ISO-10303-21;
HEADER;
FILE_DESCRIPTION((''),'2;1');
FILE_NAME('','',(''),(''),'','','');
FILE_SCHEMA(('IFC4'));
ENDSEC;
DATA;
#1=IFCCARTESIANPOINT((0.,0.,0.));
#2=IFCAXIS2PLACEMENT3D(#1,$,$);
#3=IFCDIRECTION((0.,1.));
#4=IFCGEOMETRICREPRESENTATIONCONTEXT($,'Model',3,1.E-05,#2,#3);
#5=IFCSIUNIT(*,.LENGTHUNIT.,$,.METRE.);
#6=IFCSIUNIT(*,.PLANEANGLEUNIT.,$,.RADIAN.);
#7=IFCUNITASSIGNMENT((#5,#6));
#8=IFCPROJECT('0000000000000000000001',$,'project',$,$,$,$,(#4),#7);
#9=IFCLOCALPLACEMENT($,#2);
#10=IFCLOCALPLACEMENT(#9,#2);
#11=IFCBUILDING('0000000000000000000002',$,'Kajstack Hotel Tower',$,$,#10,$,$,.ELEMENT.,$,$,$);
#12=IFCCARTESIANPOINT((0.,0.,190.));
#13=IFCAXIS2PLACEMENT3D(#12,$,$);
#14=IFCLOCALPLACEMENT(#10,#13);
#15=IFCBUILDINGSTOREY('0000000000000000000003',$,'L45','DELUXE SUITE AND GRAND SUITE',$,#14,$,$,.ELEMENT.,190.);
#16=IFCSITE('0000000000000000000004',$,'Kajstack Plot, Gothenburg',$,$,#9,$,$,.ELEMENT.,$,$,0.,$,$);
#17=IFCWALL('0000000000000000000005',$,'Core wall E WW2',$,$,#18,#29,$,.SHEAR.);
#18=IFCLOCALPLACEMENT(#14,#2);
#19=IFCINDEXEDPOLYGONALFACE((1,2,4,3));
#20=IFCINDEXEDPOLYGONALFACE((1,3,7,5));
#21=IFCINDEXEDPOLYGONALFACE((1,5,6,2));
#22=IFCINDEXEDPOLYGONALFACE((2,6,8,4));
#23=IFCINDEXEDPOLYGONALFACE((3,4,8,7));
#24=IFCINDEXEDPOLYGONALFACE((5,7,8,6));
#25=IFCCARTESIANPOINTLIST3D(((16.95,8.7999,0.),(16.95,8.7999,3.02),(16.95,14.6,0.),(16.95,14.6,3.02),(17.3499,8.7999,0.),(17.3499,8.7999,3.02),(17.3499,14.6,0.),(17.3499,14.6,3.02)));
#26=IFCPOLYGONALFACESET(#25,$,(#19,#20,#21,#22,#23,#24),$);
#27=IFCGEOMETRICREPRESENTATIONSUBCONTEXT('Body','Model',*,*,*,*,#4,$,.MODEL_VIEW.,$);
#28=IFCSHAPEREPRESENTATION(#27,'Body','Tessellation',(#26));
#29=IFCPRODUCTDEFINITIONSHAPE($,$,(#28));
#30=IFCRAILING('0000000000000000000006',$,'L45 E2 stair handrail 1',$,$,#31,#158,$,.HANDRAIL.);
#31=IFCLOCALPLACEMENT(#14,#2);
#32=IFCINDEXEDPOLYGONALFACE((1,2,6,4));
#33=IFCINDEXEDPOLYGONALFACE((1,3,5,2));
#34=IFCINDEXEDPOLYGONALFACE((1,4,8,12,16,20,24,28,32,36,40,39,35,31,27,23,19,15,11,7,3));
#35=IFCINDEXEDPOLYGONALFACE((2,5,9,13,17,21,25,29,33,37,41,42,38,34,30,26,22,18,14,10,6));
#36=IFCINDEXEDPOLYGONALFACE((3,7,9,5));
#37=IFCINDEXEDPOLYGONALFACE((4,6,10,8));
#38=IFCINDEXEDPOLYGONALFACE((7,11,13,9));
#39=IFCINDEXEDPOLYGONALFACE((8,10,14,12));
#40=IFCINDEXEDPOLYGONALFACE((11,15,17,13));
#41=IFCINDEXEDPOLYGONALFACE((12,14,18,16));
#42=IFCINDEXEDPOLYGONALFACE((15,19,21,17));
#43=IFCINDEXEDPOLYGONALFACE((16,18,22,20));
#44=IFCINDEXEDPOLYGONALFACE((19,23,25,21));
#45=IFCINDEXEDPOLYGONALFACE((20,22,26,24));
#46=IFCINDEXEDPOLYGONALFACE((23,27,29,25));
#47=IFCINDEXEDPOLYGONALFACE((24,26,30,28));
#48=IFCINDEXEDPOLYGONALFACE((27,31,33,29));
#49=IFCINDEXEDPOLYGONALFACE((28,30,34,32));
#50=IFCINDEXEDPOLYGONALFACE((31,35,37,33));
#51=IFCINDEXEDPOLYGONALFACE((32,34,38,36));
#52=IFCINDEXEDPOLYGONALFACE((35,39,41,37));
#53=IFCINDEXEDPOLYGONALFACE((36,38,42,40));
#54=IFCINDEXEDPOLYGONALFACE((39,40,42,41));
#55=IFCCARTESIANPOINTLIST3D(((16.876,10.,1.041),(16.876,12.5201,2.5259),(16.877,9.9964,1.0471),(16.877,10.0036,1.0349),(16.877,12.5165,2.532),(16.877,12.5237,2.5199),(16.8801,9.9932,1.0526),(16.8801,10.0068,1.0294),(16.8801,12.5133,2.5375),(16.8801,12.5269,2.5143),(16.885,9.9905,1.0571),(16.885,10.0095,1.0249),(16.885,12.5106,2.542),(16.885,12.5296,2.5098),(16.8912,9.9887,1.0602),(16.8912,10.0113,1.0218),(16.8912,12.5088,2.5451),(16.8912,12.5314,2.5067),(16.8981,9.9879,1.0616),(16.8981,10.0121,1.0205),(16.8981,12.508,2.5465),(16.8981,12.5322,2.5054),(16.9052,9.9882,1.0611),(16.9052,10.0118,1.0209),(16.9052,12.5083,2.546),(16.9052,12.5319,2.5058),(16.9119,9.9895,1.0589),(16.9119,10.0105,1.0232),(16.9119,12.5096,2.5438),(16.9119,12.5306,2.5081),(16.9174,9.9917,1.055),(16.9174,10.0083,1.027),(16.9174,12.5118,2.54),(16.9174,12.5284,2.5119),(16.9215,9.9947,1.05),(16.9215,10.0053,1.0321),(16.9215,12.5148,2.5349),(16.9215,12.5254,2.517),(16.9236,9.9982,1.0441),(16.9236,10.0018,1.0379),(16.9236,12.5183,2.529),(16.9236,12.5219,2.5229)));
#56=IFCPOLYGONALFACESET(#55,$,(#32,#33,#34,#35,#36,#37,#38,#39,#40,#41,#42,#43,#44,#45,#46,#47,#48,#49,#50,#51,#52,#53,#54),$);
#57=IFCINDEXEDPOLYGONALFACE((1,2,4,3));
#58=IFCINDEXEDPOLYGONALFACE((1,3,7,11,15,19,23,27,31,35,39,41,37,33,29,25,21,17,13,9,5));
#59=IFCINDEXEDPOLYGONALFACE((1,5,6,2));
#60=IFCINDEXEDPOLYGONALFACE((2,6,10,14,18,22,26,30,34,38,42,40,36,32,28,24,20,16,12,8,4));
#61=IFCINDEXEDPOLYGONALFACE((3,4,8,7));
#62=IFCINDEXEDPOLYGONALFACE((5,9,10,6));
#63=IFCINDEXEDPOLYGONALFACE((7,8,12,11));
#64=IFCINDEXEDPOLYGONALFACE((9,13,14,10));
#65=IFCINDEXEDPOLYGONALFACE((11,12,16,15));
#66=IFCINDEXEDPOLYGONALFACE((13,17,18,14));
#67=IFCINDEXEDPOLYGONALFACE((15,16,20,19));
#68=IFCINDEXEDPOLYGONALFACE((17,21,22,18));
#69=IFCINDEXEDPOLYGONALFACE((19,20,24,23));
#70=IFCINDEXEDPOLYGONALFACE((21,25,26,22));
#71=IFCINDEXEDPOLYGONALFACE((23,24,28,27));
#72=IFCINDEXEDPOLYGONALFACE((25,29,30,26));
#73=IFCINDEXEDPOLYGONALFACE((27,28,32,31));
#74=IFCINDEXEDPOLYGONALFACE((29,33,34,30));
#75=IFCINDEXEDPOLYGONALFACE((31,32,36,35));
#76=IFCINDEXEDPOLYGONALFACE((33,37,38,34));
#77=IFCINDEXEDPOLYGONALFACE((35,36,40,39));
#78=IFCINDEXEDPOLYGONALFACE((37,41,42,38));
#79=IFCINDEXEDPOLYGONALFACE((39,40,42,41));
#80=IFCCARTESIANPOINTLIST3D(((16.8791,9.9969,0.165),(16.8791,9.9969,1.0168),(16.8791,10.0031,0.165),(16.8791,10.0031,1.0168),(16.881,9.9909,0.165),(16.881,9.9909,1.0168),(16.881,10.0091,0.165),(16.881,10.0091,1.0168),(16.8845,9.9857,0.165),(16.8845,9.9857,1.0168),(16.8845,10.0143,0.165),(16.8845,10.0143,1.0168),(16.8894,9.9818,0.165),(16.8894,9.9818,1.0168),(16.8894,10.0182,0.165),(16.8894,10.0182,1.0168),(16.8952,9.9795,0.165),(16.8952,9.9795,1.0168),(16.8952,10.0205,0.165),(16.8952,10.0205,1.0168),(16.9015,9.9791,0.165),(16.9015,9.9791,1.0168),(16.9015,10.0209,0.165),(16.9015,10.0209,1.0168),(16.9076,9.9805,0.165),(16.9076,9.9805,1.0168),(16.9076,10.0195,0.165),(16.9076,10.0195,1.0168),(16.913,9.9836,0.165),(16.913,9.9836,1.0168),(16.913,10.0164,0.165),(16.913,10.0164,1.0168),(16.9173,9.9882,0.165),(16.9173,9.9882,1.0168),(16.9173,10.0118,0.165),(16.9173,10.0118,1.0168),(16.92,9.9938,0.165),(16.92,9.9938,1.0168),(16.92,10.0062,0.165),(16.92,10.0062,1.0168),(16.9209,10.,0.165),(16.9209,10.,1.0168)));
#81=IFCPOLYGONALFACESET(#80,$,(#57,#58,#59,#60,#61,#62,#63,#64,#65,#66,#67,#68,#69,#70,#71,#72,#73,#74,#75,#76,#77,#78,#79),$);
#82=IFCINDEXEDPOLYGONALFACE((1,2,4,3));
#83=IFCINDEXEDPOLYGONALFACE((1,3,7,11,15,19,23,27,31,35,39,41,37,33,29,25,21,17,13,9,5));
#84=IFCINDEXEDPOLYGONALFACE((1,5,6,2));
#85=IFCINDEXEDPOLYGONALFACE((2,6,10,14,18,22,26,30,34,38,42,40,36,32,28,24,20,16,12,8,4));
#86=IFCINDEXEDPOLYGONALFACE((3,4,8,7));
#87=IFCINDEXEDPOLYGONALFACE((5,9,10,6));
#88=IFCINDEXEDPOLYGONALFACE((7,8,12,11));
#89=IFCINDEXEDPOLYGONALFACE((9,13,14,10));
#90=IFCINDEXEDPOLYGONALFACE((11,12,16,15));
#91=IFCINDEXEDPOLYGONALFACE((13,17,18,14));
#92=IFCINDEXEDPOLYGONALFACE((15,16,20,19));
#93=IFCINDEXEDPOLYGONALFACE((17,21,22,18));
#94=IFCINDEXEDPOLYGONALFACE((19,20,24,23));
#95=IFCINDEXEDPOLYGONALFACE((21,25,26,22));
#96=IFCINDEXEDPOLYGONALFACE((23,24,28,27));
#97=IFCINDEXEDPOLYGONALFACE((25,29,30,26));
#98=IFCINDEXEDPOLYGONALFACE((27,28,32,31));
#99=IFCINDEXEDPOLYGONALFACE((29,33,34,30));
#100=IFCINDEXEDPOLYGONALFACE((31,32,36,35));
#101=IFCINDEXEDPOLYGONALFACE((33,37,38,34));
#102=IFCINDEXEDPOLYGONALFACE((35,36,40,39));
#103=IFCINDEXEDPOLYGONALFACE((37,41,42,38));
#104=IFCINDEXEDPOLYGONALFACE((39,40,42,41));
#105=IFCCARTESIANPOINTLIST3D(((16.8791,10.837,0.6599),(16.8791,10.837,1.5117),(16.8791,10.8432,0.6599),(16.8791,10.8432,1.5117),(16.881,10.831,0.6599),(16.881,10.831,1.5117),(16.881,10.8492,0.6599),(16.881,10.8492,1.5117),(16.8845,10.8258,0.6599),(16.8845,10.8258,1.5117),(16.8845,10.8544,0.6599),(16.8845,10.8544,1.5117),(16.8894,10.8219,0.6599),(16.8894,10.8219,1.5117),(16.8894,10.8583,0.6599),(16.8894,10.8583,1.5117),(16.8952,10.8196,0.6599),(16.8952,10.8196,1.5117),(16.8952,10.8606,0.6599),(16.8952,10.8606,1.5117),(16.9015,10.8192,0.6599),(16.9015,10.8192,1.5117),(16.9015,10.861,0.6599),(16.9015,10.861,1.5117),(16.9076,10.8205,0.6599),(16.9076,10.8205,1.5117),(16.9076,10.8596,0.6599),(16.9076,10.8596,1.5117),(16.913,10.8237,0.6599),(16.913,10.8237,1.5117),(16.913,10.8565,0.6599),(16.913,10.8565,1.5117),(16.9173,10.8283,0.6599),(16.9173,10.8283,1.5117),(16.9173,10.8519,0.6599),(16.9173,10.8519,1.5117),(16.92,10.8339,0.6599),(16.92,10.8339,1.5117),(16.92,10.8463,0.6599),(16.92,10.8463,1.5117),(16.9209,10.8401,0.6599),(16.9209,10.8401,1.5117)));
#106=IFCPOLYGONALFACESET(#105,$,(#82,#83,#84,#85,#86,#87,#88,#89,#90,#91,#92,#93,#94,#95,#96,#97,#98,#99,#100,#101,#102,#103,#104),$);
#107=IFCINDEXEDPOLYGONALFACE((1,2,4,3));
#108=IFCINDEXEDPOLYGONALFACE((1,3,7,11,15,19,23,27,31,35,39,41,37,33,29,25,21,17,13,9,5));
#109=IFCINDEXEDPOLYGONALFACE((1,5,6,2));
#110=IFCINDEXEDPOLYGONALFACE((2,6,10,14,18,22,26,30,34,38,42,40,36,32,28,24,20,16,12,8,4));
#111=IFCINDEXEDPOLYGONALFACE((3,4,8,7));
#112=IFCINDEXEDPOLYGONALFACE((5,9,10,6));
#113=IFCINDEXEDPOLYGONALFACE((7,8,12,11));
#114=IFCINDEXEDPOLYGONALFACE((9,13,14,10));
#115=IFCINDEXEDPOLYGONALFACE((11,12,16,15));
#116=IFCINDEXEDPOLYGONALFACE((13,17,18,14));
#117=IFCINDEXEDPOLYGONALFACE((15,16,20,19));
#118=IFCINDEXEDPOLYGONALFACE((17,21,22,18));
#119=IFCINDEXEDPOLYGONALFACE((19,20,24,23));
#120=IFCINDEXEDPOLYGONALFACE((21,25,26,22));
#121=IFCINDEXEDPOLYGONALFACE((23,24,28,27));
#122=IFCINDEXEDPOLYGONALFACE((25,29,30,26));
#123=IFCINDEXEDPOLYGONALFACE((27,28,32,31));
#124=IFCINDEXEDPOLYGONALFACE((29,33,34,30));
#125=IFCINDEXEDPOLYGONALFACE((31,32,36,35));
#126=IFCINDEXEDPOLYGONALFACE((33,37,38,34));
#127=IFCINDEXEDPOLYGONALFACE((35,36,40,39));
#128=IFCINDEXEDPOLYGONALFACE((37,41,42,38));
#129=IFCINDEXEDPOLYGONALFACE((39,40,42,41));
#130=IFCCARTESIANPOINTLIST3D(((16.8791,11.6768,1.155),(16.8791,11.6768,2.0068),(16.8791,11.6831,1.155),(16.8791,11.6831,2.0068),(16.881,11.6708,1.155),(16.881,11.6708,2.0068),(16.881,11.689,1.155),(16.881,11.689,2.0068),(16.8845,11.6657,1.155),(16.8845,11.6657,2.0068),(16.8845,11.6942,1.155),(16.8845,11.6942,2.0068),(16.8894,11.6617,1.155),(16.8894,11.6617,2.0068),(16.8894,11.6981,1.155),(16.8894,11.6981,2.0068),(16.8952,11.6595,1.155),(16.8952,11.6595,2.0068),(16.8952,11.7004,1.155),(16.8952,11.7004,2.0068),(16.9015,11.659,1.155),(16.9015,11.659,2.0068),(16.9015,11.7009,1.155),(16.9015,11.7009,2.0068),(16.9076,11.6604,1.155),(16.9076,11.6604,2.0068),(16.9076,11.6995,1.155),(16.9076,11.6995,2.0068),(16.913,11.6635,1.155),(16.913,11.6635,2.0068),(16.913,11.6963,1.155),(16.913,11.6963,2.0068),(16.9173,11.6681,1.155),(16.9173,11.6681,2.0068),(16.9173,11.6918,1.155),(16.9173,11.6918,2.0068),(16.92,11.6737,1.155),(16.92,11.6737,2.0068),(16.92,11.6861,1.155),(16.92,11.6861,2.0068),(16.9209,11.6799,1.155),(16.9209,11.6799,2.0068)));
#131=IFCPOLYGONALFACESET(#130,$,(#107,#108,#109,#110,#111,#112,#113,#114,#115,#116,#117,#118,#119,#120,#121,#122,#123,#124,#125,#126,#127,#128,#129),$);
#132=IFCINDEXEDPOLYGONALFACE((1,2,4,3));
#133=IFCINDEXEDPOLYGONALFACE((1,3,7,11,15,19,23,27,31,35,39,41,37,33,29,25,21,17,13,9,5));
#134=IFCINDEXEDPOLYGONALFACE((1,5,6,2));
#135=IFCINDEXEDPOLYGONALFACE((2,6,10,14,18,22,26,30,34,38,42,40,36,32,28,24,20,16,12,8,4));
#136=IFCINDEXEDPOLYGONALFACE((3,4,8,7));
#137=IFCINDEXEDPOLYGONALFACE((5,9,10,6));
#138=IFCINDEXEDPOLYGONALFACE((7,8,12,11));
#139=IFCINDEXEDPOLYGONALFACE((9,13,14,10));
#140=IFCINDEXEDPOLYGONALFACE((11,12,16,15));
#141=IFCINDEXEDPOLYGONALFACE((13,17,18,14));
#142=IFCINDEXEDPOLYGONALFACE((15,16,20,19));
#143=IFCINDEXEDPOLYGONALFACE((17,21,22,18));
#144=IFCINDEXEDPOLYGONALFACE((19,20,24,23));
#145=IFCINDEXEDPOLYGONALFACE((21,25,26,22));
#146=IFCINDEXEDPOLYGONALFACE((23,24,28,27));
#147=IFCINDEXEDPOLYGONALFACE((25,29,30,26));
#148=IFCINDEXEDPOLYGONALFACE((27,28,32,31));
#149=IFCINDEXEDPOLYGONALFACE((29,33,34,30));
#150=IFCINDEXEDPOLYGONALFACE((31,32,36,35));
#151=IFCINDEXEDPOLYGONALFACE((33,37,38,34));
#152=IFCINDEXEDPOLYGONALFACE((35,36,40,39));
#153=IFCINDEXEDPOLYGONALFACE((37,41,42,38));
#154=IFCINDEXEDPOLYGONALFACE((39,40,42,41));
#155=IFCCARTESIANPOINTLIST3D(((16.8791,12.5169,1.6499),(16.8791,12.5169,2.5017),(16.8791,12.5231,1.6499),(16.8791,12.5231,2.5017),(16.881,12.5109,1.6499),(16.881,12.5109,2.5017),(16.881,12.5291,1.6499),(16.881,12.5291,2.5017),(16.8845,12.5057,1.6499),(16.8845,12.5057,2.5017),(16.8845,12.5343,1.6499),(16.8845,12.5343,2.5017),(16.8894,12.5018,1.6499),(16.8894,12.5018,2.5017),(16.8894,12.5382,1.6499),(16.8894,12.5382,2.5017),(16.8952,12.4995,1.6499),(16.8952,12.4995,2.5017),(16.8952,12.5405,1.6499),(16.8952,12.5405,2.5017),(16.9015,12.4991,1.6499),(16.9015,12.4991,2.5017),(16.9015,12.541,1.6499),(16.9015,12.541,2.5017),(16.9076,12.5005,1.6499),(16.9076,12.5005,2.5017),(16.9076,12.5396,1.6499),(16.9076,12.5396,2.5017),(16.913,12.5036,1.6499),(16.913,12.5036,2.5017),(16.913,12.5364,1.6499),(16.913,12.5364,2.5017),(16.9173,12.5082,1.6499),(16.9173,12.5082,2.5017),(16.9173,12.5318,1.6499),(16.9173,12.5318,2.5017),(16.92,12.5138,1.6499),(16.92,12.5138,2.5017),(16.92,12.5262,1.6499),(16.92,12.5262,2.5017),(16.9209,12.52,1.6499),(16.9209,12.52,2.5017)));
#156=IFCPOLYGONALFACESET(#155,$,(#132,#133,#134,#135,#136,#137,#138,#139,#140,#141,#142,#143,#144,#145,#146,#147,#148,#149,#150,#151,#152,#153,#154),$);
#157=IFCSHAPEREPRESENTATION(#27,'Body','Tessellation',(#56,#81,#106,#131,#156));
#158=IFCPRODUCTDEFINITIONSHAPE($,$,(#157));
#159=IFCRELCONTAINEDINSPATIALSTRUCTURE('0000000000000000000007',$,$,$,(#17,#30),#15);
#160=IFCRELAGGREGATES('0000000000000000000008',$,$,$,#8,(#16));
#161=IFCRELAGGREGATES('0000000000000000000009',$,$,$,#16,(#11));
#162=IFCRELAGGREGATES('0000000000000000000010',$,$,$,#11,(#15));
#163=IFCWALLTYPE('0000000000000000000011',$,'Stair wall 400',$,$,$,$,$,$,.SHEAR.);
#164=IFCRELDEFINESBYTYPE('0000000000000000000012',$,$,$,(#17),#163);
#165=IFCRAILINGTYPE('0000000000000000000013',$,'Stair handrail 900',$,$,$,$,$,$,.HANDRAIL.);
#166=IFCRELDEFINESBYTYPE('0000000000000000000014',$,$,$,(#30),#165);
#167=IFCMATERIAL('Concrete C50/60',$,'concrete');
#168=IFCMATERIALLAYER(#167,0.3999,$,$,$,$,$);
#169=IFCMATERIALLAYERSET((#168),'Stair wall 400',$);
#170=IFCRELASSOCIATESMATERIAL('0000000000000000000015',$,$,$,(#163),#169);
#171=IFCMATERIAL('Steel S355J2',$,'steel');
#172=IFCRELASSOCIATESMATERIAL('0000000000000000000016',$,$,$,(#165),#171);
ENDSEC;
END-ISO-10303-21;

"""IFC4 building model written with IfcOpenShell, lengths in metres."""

from ifc_helpers import new_model, si_unit, direction, frame, frame_2d, origin, origin_2d, place, context, subcontext, project, spatial, rectangle, circle, extrude, material, layer, layer_set, type_object, element, save


model = new_model("IFC4")

# Units and contexts
model_context = context("Model", 3, precision=1e-05, world=origin(), true_north=direction((0.0, 1.0)))
body_context = subcontext(model_context, "Body", "Model", "MODEL_VIEW")
ifc_project = project(units=[si_unit("LENGTHUNIT", "METRE"), si_unit("PLANEANGLEUNIT", "RADIAN")], contexts=[model_context])

# Site, building, storey
site_placement = place(None, origin())
site = spatial("IfcSite", under=ifc_project, at=site_placement, Name="Kajstack Plot, Gothenburg", CompositionType="ELEMENT", RefElevation=0.0)
building_placement = place(site_placement, origin())
building = spatial("IfcBuilding", under=site, at=building_placement, Name="Kajstack Hotel Tower", CompositionType="ELEMENT")
storey_placement = place(building_placement, frame((0.0, 0.0, 190.0)))
storey = spatial("IfcBuildingStorey", under=building, at=storey_placement, Name="L45", Description="DELUXE SUITE AND GRAND SUITE", CompositionType="ELEMENT", Elevation=190.0)

# Shared definitions
ifc_material_1 = material(Name="Concrete C50/60", Category="concrete")

# Wall
ifc_layer_1 = layer(ifc_material_1, 0.3999)
ifc_layer_set_1 = layer_set([ifc_layer_1], Name="Stair wall 400")
wall_type_1 = type_object("IfcWallType", Name="Stair wall 400", PredefinedType="SHEAR", material=ifc_layer_set_1)
wall_1_placement = place(storey_placement, frame((17.1499, 8.8, 0.0), z_axis=(0.0, 0.0, 1.0), x_axis=(0.0, 1.0, 0.0)))
element("IfcWall", 1, at=wall_1_placement, inside=storey, type_object=wall_type_1, Name="Core wall E WW2", PredefinedType="SHEAR", context=body_context, shape_type="SweptSolid", body=[
    extrude(rectangle(XDim=5.8, YDim=0.3999, at=frame_2d((2.8999, 0.0))), origin(), (0.0, 0.0, 1.0), 3.02),
])

# Railing
ifc_material_2 = material(Name="Steel S355J2", Category="steel")
railing_type_1 = type_object("IfcRailingType", Name="Stair handrail 900", PredefinedType="HANDRAIL", material=ifc_material_2)
railing_1_placement = place(storey_placement, frame((16.8999, 10.0, 0.165)))
element("IfcRailing", 2, at=railing_1_placement, inside=storey, type_object=railing_type_1, Name="L45 E2 stair handrail 1", PredefinedType="HANDRAIL", context=body_context, shape_type="SweptSolid", body=[
    extrude(circle(Radius=0.0239, at=origin_2d()), frame((0.0, 0.0, 0.876), z_axis=(0.0, 0.861561, 0.507655), x_axis=(-1.0, 0.0, 0.0)), (0.0, 0.0, 1.0), 2.925),
    extrude(circle(Radius=0.021, at=origin_2d()), origin(), (0.0, 0.0, 1.0), 0.8518),
    extrude(circle(Radius=0.021, at=origin_2d()), frame((0.0, 0.8401, 0.4949)), (0.0, 0.0, 1.0), 0.8518),
    extrude(circle(Radius=0.021, at=origin_2d()), frame((0.0, 1.6799, 0.99)), (0.0, 0.0, 1.0), 0.8518),
    extrude(circle(Radius=0.021, at=origin_2d()), frame((0.0, 2.52, 1.4849)), (0.0, 0.0, 1.0), 0.8518),
])

save(model, "model.ifc")
